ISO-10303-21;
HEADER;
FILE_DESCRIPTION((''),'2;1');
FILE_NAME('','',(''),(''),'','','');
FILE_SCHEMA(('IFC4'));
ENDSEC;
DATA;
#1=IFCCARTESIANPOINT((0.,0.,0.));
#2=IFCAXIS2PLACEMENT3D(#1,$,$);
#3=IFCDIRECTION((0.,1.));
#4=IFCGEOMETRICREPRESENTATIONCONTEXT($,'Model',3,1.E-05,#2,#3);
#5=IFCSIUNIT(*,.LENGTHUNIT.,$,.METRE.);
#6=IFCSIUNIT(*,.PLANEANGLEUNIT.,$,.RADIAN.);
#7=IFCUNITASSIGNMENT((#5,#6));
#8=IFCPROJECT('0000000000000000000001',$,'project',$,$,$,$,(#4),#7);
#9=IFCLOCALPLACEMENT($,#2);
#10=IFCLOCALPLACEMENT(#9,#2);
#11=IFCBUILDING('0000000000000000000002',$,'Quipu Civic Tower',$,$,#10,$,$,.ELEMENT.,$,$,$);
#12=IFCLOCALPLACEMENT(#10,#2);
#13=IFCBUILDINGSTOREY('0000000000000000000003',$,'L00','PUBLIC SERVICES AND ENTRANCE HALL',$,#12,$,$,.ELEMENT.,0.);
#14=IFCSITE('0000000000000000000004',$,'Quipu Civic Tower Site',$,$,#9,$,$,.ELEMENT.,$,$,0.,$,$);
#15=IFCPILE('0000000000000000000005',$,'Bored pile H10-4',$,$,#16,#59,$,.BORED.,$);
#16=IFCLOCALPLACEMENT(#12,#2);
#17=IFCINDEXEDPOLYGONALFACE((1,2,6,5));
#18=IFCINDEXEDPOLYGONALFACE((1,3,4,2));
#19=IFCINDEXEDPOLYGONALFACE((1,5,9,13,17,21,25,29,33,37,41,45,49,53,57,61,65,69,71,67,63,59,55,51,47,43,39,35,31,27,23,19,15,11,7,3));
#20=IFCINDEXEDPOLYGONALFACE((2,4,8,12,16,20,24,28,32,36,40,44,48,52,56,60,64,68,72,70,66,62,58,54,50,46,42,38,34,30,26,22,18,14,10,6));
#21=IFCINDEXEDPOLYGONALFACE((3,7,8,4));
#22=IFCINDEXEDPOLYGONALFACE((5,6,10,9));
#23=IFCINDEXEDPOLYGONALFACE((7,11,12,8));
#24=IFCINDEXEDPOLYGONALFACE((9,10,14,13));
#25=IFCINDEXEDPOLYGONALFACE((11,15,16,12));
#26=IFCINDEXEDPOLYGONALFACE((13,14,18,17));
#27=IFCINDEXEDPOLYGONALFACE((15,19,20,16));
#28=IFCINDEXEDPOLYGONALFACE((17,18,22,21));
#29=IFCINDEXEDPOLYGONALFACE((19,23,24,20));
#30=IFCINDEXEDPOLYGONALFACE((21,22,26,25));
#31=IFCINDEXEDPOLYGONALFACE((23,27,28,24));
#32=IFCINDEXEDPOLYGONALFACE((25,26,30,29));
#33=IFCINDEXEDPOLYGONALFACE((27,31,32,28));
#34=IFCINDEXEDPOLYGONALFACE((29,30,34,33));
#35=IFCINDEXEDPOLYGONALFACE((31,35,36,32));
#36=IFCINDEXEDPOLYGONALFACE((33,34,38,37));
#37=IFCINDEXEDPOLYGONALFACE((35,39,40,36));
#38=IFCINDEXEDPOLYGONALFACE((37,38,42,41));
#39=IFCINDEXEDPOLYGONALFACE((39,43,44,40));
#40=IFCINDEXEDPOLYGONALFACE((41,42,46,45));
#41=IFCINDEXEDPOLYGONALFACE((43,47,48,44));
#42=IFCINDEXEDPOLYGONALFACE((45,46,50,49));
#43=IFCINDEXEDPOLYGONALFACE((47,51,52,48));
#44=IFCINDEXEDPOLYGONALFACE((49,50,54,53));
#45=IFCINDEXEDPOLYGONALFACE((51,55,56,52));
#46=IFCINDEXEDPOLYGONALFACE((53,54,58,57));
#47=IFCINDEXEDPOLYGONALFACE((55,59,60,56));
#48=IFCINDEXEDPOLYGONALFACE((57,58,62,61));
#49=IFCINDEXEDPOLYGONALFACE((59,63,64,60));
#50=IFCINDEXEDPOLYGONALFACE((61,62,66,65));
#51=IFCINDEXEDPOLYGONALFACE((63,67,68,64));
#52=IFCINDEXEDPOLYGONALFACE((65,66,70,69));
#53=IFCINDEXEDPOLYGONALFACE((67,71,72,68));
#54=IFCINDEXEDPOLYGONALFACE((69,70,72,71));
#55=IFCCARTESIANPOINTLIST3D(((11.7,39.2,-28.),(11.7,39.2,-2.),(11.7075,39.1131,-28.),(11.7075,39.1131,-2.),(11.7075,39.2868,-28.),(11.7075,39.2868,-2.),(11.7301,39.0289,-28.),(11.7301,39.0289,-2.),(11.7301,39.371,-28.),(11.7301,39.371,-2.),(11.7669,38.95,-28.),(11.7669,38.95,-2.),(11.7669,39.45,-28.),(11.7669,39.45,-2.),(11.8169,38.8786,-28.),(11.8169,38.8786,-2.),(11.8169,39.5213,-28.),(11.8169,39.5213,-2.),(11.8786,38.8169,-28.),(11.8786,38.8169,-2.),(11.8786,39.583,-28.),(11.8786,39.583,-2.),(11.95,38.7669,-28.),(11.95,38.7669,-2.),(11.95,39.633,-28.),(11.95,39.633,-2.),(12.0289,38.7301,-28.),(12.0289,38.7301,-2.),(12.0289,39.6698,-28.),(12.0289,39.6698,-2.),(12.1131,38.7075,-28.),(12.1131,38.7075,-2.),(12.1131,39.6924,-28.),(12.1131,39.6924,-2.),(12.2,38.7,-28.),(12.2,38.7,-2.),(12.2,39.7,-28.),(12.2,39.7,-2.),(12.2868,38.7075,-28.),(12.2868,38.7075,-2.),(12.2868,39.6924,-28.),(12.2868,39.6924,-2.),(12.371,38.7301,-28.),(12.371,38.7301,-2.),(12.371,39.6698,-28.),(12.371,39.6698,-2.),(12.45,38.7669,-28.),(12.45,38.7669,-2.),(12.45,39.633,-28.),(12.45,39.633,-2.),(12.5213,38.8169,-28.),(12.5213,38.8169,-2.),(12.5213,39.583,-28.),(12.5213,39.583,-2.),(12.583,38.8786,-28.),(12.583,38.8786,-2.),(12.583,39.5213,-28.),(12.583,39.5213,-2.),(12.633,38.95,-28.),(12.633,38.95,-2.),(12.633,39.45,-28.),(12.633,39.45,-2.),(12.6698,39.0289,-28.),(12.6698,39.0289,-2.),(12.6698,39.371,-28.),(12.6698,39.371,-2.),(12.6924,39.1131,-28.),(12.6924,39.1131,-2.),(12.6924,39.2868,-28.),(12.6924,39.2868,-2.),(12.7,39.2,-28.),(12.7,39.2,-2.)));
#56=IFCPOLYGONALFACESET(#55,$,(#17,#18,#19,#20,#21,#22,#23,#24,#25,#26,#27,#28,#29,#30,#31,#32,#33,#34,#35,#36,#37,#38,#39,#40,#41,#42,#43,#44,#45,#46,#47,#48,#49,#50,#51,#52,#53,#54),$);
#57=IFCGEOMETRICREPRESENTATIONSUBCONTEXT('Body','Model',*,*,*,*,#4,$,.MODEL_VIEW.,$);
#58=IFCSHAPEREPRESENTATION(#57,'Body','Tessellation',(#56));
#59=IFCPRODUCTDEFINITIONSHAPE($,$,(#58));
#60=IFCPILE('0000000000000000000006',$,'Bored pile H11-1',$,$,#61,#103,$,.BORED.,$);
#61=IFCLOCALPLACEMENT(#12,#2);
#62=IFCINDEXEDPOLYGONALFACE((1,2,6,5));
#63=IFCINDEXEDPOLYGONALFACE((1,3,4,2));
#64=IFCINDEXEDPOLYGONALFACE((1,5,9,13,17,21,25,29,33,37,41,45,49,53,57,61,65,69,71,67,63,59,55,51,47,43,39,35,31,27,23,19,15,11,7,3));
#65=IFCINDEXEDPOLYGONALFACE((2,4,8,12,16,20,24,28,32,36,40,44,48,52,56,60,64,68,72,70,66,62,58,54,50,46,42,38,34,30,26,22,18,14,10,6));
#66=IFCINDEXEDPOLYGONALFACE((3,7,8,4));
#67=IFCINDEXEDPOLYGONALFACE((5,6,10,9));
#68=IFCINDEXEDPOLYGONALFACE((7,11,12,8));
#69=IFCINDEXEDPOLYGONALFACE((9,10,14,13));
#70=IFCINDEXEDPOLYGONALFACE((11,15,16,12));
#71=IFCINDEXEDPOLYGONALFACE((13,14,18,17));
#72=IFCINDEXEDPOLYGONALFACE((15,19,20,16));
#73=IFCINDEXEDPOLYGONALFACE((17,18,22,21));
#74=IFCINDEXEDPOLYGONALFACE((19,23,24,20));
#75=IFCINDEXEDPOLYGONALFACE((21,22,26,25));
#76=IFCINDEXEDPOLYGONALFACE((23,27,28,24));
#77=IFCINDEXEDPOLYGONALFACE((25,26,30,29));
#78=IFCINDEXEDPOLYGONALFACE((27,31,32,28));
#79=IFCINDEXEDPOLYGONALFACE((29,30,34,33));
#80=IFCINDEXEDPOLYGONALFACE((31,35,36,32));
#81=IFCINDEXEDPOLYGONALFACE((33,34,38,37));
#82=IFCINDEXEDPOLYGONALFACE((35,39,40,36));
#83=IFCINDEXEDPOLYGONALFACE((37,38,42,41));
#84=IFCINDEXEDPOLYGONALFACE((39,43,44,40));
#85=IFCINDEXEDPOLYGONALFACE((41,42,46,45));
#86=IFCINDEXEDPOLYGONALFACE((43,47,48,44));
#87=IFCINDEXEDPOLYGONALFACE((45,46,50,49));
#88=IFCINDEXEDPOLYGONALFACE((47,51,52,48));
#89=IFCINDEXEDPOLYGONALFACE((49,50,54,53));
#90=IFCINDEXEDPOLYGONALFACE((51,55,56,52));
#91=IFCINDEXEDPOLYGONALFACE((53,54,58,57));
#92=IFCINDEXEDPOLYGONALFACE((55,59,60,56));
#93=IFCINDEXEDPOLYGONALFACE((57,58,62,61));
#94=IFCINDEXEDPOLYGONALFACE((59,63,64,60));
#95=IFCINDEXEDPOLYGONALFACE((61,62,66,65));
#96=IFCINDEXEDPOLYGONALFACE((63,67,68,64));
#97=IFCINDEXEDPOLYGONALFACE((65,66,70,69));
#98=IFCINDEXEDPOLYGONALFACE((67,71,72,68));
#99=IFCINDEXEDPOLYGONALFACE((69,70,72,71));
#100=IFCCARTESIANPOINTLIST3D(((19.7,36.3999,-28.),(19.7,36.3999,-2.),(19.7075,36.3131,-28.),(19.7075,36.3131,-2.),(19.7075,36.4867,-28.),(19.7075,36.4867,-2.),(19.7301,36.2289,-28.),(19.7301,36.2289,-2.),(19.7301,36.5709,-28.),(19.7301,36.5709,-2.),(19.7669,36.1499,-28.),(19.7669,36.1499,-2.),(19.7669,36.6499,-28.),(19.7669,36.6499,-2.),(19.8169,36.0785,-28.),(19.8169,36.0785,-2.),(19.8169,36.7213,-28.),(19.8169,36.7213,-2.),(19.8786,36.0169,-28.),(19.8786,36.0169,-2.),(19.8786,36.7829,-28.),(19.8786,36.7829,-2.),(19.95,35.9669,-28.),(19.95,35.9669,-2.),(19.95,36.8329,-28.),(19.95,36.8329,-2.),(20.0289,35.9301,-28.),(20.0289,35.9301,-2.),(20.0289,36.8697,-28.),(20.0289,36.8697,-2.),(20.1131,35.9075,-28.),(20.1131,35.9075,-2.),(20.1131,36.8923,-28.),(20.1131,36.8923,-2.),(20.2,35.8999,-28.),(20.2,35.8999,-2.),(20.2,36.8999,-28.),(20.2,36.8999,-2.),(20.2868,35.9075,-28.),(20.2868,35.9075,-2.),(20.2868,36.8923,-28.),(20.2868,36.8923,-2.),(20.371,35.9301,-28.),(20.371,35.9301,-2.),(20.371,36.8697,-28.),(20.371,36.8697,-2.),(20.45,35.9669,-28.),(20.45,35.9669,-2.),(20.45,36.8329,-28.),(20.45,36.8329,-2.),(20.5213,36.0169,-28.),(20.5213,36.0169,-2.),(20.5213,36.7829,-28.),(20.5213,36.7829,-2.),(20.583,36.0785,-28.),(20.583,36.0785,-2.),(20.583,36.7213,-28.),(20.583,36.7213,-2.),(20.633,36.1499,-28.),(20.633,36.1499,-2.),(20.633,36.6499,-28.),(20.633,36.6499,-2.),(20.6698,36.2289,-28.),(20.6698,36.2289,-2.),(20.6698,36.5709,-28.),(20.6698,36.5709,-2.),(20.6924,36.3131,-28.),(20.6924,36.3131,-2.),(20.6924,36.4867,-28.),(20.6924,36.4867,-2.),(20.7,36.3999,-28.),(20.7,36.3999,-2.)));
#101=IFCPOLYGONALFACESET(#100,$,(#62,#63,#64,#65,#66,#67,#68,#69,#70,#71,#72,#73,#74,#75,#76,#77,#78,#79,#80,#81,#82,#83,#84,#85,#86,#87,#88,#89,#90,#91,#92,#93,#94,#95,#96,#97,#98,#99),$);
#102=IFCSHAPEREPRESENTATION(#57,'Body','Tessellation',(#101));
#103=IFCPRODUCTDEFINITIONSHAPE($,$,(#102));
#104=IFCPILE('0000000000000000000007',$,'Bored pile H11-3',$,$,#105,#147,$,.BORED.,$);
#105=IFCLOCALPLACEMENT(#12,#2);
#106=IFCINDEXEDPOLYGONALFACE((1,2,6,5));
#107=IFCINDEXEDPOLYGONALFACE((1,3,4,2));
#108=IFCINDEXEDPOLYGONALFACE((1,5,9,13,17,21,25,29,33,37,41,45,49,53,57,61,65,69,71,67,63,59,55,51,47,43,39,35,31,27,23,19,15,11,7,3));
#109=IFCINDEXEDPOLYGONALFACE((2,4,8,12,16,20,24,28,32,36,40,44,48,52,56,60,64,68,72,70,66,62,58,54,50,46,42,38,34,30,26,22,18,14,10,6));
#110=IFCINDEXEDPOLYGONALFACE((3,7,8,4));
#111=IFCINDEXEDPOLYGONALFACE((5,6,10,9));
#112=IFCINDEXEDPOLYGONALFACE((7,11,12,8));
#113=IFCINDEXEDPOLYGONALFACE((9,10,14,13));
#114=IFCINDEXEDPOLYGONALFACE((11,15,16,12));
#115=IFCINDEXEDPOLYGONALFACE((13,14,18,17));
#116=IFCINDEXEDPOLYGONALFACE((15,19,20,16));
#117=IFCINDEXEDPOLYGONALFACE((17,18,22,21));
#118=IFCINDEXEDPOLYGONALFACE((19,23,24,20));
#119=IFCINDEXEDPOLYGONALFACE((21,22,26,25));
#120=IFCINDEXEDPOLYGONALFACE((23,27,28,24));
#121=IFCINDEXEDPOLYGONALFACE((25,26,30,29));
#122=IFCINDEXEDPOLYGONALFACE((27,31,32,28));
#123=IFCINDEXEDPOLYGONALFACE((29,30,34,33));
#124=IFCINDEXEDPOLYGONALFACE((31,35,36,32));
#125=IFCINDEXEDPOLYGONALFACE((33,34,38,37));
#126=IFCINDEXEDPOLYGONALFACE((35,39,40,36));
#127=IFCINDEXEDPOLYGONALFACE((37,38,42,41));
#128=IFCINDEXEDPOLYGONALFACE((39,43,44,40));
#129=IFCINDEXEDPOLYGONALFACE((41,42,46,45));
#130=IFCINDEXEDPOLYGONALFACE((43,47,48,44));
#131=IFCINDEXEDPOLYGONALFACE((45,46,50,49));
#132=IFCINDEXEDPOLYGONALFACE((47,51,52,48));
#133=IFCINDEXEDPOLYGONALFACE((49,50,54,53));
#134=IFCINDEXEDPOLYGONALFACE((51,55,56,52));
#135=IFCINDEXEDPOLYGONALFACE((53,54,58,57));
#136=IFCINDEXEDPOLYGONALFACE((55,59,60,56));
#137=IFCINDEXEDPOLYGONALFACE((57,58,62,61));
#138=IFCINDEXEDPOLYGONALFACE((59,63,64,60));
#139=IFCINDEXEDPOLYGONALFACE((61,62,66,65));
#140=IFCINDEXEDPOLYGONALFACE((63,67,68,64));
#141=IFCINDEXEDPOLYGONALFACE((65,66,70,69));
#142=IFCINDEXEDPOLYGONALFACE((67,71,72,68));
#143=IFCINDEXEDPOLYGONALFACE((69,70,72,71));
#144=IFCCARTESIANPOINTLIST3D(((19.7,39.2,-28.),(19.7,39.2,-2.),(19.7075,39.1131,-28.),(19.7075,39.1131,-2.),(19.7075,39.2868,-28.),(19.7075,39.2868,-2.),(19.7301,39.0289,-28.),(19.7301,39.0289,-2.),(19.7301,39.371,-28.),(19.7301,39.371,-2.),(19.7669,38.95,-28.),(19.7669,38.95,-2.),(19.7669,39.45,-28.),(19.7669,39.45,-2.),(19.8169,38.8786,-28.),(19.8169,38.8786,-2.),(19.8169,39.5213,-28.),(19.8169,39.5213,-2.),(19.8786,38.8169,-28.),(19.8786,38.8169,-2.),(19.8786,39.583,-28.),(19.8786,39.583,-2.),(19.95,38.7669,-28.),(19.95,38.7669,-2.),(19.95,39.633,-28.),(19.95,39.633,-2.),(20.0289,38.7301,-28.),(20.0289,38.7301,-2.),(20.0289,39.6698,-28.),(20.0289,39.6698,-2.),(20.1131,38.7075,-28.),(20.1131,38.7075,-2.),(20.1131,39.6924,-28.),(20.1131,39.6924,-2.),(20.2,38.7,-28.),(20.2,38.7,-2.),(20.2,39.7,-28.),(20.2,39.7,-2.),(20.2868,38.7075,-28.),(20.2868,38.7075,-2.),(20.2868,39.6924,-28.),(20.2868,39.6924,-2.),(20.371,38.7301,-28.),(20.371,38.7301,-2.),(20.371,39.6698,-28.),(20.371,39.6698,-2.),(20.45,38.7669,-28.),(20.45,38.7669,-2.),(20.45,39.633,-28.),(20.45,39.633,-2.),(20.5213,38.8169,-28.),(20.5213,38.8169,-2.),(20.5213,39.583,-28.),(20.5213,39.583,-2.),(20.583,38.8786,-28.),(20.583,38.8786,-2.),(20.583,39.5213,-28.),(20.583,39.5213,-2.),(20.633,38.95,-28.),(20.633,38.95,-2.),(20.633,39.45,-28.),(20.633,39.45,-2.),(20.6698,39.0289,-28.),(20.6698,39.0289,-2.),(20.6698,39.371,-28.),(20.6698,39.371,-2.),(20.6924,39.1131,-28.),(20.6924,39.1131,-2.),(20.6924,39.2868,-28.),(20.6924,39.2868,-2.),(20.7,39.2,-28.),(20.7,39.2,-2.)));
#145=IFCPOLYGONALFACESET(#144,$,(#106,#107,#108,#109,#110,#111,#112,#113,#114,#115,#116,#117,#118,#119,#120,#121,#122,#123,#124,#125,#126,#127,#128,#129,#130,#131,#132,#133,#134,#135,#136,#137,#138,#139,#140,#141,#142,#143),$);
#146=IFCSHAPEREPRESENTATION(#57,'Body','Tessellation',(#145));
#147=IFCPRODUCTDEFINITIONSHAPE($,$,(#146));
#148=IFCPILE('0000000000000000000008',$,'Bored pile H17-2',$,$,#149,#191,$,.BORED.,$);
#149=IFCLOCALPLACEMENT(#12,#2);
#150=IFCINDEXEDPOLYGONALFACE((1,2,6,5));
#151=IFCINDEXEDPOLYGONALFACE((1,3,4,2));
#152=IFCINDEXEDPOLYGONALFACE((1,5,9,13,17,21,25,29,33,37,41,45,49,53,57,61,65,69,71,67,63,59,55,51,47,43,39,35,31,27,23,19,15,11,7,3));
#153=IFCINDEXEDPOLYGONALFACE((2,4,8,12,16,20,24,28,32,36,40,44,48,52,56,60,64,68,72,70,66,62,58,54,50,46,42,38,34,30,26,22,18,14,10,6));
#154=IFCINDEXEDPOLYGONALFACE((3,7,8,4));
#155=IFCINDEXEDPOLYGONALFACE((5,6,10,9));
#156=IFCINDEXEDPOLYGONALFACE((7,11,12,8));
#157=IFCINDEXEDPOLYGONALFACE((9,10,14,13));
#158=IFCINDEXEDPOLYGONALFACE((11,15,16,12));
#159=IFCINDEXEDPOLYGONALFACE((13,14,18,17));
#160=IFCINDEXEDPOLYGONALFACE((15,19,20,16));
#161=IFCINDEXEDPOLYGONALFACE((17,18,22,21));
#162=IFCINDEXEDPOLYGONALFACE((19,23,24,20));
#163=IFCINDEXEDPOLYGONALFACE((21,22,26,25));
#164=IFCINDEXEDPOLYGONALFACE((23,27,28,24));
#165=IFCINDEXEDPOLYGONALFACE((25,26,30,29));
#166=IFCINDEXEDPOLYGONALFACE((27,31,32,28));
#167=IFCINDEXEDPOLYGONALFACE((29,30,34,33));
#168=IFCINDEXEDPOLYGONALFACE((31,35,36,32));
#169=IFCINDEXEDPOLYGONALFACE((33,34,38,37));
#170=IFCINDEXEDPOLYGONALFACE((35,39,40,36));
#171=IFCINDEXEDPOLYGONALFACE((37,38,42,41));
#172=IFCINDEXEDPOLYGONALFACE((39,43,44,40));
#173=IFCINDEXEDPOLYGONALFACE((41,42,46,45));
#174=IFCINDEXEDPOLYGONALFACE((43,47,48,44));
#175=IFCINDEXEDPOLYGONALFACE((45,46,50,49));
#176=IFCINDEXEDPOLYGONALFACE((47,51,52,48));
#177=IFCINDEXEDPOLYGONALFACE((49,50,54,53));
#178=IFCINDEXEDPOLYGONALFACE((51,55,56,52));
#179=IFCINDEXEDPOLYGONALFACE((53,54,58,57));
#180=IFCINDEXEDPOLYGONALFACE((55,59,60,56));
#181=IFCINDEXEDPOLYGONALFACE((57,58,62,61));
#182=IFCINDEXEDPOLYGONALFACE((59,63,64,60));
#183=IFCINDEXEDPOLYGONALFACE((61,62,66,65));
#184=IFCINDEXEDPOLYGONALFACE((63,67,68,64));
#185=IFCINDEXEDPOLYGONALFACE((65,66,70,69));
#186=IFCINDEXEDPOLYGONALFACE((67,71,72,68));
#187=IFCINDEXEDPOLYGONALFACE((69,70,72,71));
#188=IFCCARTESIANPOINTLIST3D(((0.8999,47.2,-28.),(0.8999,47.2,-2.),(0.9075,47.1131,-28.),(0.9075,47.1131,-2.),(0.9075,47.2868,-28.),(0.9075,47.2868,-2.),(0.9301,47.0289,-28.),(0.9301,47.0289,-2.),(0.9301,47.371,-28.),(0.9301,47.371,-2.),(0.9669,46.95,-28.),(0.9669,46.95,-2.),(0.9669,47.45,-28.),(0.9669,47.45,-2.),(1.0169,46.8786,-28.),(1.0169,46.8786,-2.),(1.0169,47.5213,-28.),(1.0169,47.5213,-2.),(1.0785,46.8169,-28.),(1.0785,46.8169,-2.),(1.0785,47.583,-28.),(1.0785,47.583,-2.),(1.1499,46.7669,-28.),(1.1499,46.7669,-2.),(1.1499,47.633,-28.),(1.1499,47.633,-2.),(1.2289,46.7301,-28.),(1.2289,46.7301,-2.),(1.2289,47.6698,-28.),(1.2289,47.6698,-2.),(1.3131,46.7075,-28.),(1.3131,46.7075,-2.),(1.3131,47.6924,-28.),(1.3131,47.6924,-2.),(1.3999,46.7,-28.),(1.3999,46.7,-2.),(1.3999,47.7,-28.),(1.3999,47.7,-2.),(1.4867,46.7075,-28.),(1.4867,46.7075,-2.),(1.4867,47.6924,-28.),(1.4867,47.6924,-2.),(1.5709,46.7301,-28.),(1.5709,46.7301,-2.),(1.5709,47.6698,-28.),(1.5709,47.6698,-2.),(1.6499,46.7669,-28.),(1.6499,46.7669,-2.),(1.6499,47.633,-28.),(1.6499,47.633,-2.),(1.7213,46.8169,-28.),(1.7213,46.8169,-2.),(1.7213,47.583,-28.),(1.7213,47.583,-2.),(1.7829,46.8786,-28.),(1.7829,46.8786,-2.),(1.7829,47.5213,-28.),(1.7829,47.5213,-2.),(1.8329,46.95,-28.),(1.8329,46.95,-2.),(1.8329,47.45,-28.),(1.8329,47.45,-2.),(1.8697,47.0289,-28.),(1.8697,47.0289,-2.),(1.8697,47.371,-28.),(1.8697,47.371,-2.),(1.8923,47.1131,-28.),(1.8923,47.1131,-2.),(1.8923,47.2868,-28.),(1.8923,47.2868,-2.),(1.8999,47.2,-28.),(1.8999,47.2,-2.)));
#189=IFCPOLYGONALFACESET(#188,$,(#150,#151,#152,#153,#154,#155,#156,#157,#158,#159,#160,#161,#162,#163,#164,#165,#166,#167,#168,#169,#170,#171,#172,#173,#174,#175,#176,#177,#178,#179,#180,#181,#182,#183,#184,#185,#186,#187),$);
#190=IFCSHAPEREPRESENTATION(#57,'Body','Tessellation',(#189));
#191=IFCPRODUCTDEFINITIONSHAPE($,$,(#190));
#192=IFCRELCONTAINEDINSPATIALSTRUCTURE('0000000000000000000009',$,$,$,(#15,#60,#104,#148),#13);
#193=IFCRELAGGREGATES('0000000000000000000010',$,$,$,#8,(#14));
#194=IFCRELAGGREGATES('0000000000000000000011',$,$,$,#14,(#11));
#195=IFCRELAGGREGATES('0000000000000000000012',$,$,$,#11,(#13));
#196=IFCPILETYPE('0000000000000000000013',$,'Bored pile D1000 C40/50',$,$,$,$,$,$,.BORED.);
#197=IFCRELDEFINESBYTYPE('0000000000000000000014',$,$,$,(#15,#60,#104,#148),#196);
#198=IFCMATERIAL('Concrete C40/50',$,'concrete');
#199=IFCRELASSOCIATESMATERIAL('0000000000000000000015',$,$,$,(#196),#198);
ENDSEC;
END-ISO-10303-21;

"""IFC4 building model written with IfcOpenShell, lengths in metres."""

from ifc_helpers import new_model, si_unit, direction, frame, origin, origin_2d, place, context, subcontext, project, spatial, circle, extrude, material, material_profile, profile_set, type_object, element, save


model = new_model("IFC4")

# Units and contexts
model_context = context("Model", 3, precision=1e-05, world=origin(), true_north=direction((0.0, 1.0)))
body_context = subcontext(model_context, "Body", "Model", "MODEL_VIEW")
ifc_project = project(units=[si_unit("LENGTHUNIT", "METRE"), si_unit("PLANEANGLEUNIT", "RADIAN")], contexts=[model_context])

# Site, building, storey
site_placement = place(None, origin())
site = spatial("IfcSite", under=ifc_project, at=site_placement, Name="Quipu Civic Tower Site", CompositionType="ELEMENT", RefElevation=0.0)
building_placement = place(site_placement, origin())
building = spatial("IfcBuilding", under=site, at=building_placement, Name="Quipu Civic Tower", CompositionType="ELEMENT")
storey_placement = place(building_placement, origin())
storey = spatial("IfcBuildingStorey", under=building, at=storey_placement, Name="L00", Description="PUBLIC SERVICES AND ENTRANCE HALL", CompositionType="ELEMENT", Elevation=0.0)

# Piles
ifc_material_1 = material(Name="Concrete C40/50", Category="concrete")
ifc_material_profile_1 = material_profile(ifc_material_1, circle(Radius=0.5, at=origin_2d()), Name="RCD1000")
ifc_profile_set_1 = profile_set([ifc_material_profile_1], Name="Concrete C40/50")
pile_type = type_object("IfcPileType", Name="Bored pile D1000 C40/50", PredefinedType="BORED", material=ifc_profile_set_1)
for number, where, z_axis, x_axis, name in (
    (1, (12.2, 39.2, -2.0), (0.0, 0.0, -1.0), (1.0, 0.0, 0.0), "Bored pile H10-4"),
    (2, (20.2, 36.3999, -2.0), (0.0, 0.0, -1.0), (1.0, 0.0, 0.0), "Bored pile H11-1"),
    (3, (20.2, 39.2, -2.0), (0.0, 0.0, -1.0), (1.0, 0.0, 0.0), "Bored pile H11-3"),
    (4, (1.3999, 47.2, -2.0), (0.0, 0.0, -1.0), (1.0, 0.0, 0.0), "Bored pile H17-2"),
):
    element("IfcPile", number, at=place(storey_placement, frame(where, z_axis=z_axis, x_axis=x_axis)), inside=storey, type_object=pile_type, Name=name, PredefinedType="BORED", context=body_context, shape_type="SweptSolid", body=[
        extrude(circle(Radius=0.5, at=origin_2d()), origin(), (0.0, 0.0, 1.0), 26.0),
    ])

save(model, "model.ifc")
